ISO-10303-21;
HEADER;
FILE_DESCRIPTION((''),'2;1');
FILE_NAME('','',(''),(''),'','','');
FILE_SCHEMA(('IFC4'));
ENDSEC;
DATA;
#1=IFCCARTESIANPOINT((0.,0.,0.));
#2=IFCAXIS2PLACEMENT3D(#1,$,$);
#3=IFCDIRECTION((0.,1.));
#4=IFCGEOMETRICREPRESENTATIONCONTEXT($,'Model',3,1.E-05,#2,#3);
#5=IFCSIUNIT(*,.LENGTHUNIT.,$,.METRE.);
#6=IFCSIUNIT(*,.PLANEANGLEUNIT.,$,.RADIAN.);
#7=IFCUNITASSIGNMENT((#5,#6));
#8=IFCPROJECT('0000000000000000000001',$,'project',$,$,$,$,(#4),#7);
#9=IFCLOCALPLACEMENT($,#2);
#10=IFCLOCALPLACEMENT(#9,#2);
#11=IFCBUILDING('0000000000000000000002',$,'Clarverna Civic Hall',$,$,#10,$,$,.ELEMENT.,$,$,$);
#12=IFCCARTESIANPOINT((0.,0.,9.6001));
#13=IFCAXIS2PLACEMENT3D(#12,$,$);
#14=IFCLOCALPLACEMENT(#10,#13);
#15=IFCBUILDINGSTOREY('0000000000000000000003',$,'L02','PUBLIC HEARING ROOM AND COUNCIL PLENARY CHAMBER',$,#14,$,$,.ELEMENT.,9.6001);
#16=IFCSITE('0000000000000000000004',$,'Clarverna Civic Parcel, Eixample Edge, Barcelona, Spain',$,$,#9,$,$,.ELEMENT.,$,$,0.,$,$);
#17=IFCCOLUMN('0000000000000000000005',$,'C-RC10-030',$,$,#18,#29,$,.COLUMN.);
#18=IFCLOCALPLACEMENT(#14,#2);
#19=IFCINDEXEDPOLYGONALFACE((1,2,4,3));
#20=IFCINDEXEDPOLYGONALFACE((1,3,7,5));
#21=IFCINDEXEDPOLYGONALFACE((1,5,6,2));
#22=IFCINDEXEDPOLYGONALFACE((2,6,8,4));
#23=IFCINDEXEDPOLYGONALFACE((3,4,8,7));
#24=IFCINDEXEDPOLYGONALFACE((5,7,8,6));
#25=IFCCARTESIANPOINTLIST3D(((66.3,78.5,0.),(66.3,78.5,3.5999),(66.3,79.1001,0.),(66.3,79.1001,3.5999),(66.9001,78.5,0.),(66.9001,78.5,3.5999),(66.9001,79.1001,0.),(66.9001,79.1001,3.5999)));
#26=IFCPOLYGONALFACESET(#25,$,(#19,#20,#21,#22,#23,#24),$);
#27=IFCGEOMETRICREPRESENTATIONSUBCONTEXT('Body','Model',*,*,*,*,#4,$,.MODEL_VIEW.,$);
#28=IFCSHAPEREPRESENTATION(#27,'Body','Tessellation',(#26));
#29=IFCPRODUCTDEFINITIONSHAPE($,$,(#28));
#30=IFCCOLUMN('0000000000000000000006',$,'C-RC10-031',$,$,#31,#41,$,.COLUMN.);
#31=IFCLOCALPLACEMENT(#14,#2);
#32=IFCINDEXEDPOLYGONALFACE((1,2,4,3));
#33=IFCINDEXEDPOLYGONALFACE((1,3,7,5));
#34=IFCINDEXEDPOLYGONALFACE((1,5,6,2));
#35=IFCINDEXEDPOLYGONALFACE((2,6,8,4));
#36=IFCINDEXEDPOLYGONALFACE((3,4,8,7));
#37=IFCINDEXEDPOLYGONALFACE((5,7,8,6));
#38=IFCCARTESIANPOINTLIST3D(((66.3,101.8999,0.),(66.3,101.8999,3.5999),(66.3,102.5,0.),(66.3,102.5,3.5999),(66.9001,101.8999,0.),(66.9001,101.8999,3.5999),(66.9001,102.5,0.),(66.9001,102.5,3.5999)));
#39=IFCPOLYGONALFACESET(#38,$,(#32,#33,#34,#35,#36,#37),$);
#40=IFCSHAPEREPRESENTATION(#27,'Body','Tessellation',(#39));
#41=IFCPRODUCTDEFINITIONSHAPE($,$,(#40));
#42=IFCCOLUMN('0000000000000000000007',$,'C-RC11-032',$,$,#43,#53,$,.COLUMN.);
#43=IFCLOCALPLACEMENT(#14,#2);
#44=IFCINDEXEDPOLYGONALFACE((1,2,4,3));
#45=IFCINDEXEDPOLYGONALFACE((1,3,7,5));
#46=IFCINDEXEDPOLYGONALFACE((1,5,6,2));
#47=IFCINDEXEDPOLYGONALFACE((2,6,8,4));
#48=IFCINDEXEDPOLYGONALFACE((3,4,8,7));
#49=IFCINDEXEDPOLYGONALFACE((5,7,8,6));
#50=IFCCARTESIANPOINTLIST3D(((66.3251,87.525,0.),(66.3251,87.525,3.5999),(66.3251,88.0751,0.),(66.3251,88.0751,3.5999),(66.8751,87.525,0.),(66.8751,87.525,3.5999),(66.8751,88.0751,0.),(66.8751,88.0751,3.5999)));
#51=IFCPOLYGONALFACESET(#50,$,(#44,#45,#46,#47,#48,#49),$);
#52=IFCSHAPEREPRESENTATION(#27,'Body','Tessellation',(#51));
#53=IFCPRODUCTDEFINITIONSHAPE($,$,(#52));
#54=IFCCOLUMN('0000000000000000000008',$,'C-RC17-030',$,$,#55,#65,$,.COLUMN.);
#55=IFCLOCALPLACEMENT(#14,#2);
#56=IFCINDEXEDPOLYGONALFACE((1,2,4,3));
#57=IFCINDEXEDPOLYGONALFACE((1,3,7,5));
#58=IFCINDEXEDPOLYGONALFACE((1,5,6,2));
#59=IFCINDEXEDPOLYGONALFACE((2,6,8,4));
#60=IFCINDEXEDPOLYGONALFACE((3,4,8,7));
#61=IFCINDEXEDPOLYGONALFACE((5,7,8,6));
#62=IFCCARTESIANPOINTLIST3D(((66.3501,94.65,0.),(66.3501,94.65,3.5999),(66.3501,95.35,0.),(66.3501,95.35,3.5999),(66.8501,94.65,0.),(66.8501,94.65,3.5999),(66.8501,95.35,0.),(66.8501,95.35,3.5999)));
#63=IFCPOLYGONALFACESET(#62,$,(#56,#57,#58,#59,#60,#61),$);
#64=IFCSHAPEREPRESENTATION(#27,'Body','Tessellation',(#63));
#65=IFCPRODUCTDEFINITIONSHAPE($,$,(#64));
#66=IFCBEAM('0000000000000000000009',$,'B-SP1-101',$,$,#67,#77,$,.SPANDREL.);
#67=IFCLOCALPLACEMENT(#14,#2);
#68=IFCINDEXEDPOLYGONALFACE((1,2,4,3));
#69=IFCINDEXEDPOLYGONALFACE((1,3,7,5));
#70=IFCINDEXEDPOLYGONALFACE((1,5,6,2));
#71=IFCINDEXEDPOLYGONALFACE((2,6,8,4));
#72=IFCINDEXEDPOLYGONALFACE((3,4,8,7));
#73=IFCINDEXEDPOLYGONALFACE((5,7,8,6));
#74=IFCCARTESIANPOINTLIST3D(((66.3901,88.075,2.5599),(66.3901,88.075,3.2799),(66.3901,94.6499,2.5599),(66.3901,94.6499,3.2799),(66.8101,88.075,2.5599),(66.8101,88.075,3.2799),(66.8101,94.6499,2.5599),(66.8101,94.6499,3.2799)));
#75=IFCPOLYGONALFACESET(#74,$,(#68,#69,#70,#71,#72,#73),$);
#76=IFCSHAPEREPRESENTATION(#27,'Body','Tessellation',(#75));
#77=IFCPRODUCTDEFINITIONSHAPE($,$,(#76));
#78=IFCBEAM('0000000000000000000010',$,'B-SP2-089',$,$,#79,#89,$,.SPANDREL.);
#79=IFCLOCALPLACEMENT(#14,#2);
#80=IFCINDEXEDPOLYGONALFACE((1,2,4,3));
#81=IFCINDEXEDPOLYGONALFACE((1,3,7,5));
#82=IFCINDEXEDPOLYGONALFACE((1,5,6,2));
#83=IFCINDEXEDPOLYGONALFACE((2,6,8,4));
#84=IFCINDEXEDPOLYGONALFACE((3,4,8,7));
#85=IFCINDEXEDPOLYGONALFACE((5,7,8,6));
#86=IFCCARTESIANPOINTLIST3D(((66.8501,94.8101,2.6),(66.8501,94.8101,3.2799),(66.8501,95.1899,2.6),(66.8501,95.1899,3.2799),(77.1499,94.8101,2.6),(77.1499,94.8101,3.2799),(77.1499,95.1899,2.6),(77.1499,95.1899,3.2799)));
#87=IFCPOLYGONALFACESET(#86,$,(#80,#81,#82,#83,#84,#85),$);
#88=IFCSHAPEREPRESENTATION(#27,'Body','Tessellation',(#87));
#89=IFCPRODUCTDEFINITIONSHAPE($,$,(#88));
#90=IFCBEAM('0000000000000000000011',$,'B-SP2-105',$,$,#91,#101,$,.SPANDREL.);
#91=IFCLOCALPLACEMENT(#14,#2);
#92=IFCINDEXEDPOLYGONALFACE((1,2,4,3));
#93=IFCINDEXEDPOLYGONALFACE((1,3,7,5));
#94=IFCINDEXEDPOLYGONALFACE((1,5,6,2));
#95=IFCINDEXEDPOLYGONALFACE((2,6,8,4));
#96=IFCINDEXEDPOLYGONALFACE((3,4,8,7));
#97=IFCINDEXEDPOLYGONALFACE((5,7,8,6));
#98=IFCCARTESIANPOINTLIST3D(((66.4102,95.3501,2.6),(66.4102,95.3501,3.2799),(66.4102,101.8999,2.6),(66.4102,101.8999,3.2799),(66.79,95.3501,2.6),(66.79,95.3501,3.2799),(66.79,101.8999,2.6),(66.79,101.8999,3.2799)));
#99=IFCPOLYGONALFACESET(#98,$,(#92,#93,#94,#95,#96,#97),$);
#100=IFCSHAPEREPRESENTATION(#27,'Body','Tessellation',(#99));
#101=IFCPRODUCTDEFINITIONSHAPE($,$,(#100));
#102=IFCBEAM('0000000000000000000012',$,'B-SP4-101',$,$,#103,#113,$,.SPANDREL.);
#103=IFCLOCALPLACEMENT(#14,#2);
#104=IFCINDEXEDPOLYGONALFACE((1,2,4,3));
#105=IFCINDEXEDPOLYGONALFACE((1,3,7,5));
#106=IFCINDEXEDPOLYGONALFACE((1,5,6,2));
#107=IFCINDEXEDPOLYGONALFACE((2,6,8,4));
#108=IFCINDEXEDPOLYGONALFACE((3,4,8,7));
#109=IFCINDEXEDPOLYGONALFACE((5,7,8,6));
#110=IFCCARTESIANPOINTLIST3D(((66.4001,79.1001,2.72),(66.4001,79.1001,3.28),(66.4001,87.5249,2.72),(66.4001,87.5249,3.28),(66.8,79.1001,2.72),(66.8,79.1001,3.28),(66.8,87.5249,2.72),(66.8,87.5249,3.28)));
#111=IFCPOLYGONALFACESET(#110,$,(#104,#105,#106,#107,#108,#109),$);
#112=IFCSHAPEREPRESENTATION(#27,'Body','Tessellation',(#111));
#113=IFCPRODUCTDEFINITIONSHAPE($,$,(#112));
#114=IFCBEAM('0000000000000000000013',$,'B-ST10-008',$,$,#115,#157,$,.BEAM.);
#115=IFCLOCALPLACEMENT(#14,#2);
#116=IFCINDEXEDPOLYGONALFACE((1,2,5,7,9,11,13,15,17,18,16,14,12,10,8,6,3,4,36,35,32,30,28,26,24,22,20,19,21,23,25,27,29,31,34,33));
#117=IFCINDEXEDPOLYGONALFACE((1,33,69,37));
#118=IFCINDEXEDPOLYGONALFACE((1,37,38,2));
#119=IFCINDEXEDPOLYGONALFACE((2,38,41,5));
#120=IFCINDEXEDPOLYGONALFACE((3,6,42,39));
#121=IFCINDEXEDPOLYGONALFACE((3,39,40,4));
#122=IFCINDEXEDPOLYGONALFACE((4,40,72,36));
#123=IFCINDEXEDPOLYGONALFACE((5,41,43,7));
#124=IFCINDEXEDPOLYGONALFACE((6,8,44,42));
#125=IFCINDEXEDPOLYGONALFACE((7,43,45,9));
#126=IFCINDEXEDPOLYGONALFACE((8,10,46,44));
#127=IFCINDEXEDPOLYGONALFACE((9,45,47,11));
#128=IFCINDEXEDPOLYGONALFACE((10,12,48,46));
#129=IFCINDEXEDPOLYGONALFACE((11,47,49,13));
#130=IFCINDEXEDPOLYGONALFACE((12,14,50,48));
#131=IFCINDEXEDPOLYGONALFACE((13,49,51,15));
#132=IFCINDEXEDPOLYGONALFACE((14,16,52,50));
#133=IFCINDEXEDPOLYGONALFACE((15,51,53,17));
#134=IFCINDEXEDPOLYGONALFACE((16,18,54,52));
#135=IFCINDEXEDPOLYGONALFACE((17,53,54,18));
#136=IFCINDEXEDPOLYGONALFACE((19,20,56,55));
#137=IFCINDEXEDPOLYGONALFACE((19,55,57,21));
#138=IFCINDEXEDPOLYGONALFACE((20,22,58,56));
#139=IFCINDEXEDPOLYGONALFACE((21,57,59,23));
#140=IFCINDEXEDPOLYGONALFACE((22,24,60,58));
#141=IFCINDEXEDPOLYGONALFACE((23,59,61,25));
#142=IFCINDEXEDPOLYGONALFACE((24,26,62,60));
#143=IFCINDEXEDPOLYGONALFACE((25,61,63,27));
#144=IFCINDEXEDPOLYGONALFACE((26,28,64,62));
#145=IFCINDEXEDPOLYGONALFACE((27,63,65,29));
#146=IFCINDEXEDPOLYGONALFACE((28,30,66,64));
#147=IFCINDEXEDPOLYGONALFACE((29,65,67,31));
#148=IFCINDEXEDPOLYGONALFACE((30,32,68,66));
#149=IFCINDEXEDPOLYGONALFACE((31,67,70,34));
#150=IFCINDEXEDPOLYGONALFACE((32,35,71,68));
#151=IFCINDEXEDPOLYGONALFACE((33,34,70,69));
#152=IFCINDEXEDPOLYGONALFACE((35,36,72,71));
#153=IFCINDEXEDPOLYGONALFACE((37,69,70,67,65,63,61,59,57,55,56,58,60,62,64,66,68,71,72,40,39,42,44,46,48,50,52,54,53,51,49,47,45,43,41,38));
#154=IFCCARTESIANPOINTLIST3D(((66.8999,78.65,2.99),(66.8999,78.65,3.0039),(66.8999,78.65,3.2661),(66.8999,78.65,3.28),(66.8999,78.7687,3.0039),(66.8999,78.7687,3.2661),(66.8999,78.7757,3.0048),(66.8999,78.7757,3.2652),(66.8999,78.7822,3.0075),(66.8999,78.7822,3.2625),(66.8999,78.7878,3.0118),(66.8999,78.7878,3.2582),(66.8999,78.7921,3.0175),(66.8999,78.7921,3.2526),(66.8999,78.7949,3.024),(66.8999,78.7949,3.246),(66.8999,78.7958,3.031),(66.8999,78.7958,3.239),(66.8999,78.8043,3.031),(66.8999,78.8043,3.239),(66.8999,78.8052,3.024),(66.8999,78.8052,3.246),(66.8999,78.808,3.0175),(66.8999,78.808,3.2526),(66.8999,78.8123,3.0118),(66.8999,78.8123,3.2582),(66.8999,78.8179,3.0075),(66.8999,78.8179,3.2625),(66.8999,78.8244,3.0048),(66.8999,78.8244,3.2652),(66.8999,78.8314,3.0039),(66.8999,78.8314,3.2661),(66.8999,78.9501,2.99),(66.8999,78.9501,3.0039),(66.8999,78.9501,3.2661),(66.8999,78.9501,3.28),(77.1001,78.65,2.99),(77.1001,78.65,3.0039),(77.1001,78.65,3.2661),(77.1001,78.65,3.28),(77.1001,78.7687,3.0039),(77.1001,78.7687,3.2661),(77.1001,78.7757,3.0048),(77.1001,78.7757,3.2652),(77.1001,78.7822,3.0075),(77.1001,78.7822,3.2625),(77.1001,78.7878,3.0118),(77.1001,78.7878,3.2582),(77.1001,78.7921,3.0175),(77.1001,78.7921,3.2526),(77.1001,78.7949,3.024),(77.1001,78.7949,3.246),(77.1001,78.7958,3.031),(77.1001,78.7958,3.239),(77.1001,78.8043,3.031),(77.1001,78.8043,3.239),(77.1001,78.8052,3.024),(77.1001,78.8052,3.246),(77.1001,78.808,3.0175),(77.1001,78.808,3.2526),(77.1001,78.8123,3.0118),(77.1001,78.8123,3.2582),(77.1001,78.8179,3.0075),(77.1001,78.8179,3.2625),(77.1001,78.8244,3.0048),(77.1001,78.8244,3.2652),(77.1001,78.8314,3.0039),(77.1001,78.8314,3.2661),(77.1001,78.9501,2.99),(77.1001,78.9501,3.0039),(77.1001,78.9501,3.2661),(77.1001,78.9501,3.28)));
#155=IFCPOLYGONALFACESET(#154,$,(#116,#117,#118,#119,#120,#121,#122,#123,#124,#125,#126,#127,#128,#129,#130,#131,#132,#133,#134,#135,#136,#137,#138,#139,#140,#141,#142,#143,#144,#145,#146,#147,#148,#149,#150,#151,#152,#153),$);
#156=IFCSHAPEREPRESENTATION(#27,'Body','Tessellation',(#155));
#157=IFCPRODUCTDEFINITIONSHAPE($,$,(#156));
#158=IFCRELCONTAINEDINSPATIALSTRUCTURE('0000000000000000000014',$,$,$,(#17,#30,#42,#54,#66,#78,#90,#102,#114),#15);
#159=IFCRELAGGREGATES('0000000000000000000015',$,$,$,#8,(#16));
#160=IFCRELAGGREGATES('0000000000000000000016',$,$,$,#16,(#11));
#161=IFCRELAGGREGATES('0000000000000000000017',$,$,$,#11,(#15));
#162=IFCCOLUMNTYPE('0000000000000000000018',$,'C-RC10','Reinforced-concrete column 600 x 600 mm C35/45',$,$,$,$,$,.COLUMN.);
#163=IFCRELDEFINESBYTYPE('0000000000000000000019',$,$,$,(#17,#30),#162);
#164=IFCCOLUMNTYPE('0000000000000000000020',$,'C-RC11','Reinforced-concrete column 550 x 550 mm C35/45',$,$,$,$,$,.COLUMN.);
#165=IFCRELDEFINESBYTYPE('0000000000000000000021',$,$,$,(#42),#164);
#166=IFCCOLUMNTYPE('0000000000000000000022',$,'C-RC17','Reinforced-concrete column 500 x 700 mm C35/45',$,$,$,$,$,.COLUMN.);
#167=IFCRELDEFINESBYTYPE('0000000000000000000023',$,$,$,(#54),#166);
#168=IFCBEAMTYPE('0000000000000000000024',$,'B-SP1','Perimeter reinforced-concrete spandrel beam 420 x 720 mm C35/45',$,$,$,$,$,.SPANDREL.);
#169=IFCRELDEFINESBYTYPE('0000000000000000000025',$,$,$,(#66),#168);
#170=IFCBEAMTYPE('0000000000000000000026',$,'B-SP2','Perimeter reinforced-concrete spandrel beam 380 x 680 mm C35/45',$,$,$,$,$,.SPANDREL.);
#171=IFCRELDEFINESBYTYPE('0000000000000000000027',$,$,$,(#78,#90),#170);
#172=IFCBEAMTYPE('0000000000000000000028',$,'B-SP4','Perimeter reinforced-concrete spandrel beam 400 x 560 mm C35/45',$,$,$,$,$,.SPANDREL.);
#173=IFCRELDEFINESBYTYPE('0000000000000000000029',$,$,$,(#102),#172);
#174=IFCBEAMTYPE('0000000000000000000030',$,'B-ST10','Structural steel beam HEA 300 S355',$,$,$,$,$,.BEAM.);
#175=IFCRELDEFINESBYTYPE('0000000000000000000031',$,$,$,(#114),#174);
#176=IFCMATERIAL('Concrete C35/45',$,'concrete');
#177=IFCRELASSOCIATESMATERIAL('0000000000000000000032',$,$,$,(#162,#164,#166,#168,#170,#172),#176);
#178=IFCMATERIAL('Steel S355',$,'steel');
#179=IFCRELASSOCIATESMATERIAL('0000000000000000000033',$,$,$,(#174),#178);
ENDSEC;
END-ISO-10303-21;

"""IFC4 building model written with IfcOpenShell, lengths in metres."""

from ifc_helpers import new_model, si_unit, direction, frame, origin, origin_2d, place, context, subcontext, project, spatial, rectangle, i_section, extrude, material, material_profile, profile_set, type_object, element, save


model = new_model("IFC4")

# Units and contexts
model_context = context("Model", 3, precision=1e-05, world=origin(), true_north=direction((0.0, 1.0)))
body_context = subcontext(model_context, "Body", "Model", "MODEL_VIEW")
ifc_project = project(units=[si_unit("LENGTHUNIT", "METRE"), si_unit("PLANEANGLEUNIT", "RADIAN")], contexts=[model_context])

# Site, building, storey
site_placement = place(None, origin())
site = spatial("IfcSite", under=ifc_project, at=site_placement, Name="Clarverna Civic Parcel, Eixample Edge, Barcelona, Spain", CompositionType="ELEMENT", RefElevation=0.0)
building_placement = place(site_placement, origin())
building = spatial("IfcBuilding", under=site, at=building_placement, Name="Clarverna Civic Hall", CompositionType="ELEMENT")
storey_placement = place(building_placement, frame((0.0, 0.0, 9.6001)))
storey = spatial("IfcBuildingStorey", under=building, at=storey_placement, Name="L02", Description="PUBLIC HEARING ROOM AND COUNCIL PLENARY CHAMBER", CompositionType="ELEMENT", Elevation=9.6001)

# Columns
ifc_material_1 = material(Name="Concrete C35/45", Category="concrete")
ifc_material_profile_1 = material_profile(ifc_material_1, rectangle(XDim=0.6001, YDim=0.6001, at=origin_2d()), Name="RC 600x600")
ifc_profile_set_1 = profile_set([ifc_material_profile_1], Name="Concrete C35/45")
column_type_1 = type_object("IfcColumnType", Name="C-RC10", Description="Reinforced-concrete column 600 x 600 mm C35/45", PredefinedType="COLUMN", material=ifc_profile_set_1)
for number, where, z_axis, x_axis, name in (
    (1, (66.6001, 78.8, 0.0), (0.0, 0.0, 1.0), (1.0, 0.0, 0.0), "C-RC10-030"),
    (2, (66.6001, 102.2, 0.0), (0.0, 0.0, 1.0), (1.0, 0.0, 0.0), "C-RC10-031"),
):
    element("IfcColumn", number, at=place(storey_placement, frame(where, z_axis=z_axis, x_axis=x_axis)), inside=storey, type_object=column_type_1, Name=name, PredefinedType="COLUMN", context=body_context, shape_type="SweptSolid", body=[
        extrude(rectangle(XDim=0.6001, YDim=0.6001, at=origin_2d()), origin(), (0.0, 0.0, 1.0), 3.5999),
    ])
ifc_material_profile_2 = material_profile(ifc_material_1, rectangle(XDim=0.55, YDim=0.55, at=origin_2d()), Name="RC 550x550")
ifc_profile_set_2 = profile_set([ifc_material_profile_2], Name="Concrete C35/45")
column_type_2 = type_object("IfcColumnType", Name="C-RC11", Description="Reinforced-concrete column 550 x 550 mm C35/45", PredefinedType="COLUMN", material=ifc_profile_set_2)
column_1_placement = place(storey_placement, frame((66.6001, 87.8, 0.0), z_axis=(0.0, 0.0, 1.0), x_axis=(1.0, 0.0, 0.0)))
element("IfcColumn", 3, at=column_1_placement, inside=storey, type_object=column_type_2, Name="C-RC11-032", PredefinedType="COLUMN", context=body_context, shape_type="SweptSolid", body=[
    extrude(rectangle(XDim=0.55, YDim=0.55, at=origin_2d()), origin(), (0.0, 0.0, 1.0), 3.5999),
])
ifc_material_profile_3 = material_profile(ifc_material_1, rectangle(XDim=0.5, YDim=0.7, at=origin_2d()), Name="RC 500x700")
ifc_profile_set_3 = profile_set([ifc_material_profile_3], Name="Concrete C35/45")
column_type_3 = type_object("IfcColumnType", Name="C-RC17", Description="Reinforced-concrete column 500 x 700 mm C35/45", PredefinedType="COLUMN", material=ifc_profile_set_3)
column_2_placement = place(storey_placement, frame((66.6001, 95.0, 0.0), z_axis=(0.0, 0.0, 1.0), x_axis=(1.0, 0.0, 0.0)))
element("IfcColumn", 4, at=column_2_placement, inside=storey, type_object=column_type_3, Name="C-RC17-030", PredefinedType="COLUMN", context=body_context, shape_type="SweptSolid", body=[
    extrude(rectangle(XDim=0.5, YDim=0.7, at=origin_2d()), origin(), (0.0, 0.0, 1.0), 3.5999),
])

# Beams
ifc_material_profile_4 = material_profile(ifc_material_1, rectangle(XDim=0.4199, YDim=0.72, at=origin_2d()), Name="RC 420x720")
ifc_profile_set_4 = profile_set([ifc_material_profile_4], Name="Concrete C35/45")
beam_type_1 = type_object("IfcBeamType", Name="B-SP1", Description="Perimeter reinforced-concrete spandrel beam 420 x 720 mm C35/45", PredefinedType="SPANDREL", material=ifc_profile_set_4)
beam_1_placement = place(storey_placement, frame((66.6001, 88.075, 2.9199), z_axis=(0.0, 1.0, 0.0), x_axis=(-1.0, 0.0, 0.0)))
element("IfcBeam", 5, at=beam_1_placement, inside=storey, type_object=beam_type_1, Name="B-SP1-101", PredefinedType="SPANDREL", context=body_context, shape_type="SweptSolid", body=[
    extrude(rectangle(XDim=0.4199, YDim=0.72, at=origin_2d()), origin(), (0.0, 0.0, 1.0), 6.575),
])
ifc_material_profile_5 = material_profile(ifc_material_1, rectangle(XDim=0.3799, YDim=0.6799, at=origin_2d()), Name="RC 380x680")
ifc_profile_set_5 = profile_set([ifc_material_profile_5], Name="Concrete C35/45")
beam_type_2 = type_object("IfcBeamType", Name="B-SP2", Description="Perimeter reinforced-concrete spandrel beam 380 x 680 mm C35/45", PredefinedType="SPANDREL", material=ifc_profile_set_5)
beam_2_placement = place(storey_placement, frame((66.8501, 95.0, 2.9399), z_axis=(1.0, 0.0, 0.0), x_axis=(0.0, 1.0, 0.0)))
element("IfcBeam", 6, at=beam_2_placement, inside=storey, type_object=beam_type_2, Name="B-SP2-089", PredefinedType="SPANDREL", context=body_context, shape_type="SweptSolid", body=[
    extrude(rectangle(XDim=0.3799, YDim=0.6799, at=origin_2d()), origin(), (0.0, 0.0, 1.0), 10.2998),
])
beam_3_placement = place(storey_placement, frame((66.6001, 95.3501, 2.9399), z_axis=(0.0, 1.0, 0.0), x_axis=(-1.0, 0.0, 0.0)))
element("IfcBeam", 7, at=beam_3_placement, inside=storey, type_object=beam_type_2, Name="B-SP2-105", PredefinedType="SPANDREL", context=body_context, shape_type="SweptSolid", body=[
    extrude(rectangle(XDim=0.3799, YDim=0.6799, at=origin_2d()), origin(), (0.0, 0.0, 1.0), 6.5498),
])
ifc_material_profile_6 = material_profile(ifc_material_1, rectangle(XDim=0.3999, YDim=0.5601, at=origin_2d()), Name="RC 400x560")
ifc_profile_set_6 = profile_set([ifc_material_profile_6], Name="Concrete C35/45")
beam_type_3 = type_object("IfcBeamType", Name="B-SP4", Description="Perimeter reinforced-concrete spandrel beam 400 x 560 mm C35/45", PredefinedType="SPANDREL", material=ifc_profile_set_6)
beam_4_placement = place(storey_placement, frame((66.6001, 79.1001, 3.0), z_axis=(0.0, 1.0, 0.0), x_axis=(-1.0, 0.0, 0.0)))
element("IfcBeam", 8, at=beam_4_placement, inside=storey, type_object=beam_type_3, Name="B-SP4-101", PredefinedType="SPANDREL", context=body_context, shape_type="SweptSolid", body=[
    extrude(rectangle(XDim=0.3999, YDim=0.5601, at=origin_2d()), origin(), (0.0, 0.0, 1.0), 8.4248),
])
ifc_material_2 = material(Name="Steel S355", Category="steel")
ifc_material_profile_7 = material_profile(ifc_material_2, i_section(OverallWidth=0.3, OverallDepth=0.29, WebThickness=0.0085, FlangeThickness=0.0139, FilletRadius=0.0271, at=origin_2d()), Name="HEA 300")
ifc_profile_set_7 = profile_set([ifc_material_profile_7], Name="Steel S355")
beam_type_4 = type_object("IfcBeamType", Name="B-ST10", Description="Structural steel beam HEA 300 S355", PredefinedType="BEAM", material=ifc_profile_set_7)
beam_5_placement = place(storey_placement, frame((66.8999, 78.8, 3.135), z_axis=(1.0, 0.0, 0.0), x_axis=(0.0, 1.0, 0.0)))
element("IfcBeam", 9, at=beam_5_placement, inside=storey, type_object=beam_type_4, Name="B-ST10-008", PredefinedType="BEAM", context=body_context, shape_type="SweptSolid", body=[
    extrude(i_section(OverallWidth=0.3, OverallDepth=0.29, WebThickness=0.0085, FlangeThickness=0.0139, FilletRadius=0.0271, at=origin_2d()), origin(), (0.0, 0.0, 1.0), 10.2002),
])

save(model, "model.ifc")
